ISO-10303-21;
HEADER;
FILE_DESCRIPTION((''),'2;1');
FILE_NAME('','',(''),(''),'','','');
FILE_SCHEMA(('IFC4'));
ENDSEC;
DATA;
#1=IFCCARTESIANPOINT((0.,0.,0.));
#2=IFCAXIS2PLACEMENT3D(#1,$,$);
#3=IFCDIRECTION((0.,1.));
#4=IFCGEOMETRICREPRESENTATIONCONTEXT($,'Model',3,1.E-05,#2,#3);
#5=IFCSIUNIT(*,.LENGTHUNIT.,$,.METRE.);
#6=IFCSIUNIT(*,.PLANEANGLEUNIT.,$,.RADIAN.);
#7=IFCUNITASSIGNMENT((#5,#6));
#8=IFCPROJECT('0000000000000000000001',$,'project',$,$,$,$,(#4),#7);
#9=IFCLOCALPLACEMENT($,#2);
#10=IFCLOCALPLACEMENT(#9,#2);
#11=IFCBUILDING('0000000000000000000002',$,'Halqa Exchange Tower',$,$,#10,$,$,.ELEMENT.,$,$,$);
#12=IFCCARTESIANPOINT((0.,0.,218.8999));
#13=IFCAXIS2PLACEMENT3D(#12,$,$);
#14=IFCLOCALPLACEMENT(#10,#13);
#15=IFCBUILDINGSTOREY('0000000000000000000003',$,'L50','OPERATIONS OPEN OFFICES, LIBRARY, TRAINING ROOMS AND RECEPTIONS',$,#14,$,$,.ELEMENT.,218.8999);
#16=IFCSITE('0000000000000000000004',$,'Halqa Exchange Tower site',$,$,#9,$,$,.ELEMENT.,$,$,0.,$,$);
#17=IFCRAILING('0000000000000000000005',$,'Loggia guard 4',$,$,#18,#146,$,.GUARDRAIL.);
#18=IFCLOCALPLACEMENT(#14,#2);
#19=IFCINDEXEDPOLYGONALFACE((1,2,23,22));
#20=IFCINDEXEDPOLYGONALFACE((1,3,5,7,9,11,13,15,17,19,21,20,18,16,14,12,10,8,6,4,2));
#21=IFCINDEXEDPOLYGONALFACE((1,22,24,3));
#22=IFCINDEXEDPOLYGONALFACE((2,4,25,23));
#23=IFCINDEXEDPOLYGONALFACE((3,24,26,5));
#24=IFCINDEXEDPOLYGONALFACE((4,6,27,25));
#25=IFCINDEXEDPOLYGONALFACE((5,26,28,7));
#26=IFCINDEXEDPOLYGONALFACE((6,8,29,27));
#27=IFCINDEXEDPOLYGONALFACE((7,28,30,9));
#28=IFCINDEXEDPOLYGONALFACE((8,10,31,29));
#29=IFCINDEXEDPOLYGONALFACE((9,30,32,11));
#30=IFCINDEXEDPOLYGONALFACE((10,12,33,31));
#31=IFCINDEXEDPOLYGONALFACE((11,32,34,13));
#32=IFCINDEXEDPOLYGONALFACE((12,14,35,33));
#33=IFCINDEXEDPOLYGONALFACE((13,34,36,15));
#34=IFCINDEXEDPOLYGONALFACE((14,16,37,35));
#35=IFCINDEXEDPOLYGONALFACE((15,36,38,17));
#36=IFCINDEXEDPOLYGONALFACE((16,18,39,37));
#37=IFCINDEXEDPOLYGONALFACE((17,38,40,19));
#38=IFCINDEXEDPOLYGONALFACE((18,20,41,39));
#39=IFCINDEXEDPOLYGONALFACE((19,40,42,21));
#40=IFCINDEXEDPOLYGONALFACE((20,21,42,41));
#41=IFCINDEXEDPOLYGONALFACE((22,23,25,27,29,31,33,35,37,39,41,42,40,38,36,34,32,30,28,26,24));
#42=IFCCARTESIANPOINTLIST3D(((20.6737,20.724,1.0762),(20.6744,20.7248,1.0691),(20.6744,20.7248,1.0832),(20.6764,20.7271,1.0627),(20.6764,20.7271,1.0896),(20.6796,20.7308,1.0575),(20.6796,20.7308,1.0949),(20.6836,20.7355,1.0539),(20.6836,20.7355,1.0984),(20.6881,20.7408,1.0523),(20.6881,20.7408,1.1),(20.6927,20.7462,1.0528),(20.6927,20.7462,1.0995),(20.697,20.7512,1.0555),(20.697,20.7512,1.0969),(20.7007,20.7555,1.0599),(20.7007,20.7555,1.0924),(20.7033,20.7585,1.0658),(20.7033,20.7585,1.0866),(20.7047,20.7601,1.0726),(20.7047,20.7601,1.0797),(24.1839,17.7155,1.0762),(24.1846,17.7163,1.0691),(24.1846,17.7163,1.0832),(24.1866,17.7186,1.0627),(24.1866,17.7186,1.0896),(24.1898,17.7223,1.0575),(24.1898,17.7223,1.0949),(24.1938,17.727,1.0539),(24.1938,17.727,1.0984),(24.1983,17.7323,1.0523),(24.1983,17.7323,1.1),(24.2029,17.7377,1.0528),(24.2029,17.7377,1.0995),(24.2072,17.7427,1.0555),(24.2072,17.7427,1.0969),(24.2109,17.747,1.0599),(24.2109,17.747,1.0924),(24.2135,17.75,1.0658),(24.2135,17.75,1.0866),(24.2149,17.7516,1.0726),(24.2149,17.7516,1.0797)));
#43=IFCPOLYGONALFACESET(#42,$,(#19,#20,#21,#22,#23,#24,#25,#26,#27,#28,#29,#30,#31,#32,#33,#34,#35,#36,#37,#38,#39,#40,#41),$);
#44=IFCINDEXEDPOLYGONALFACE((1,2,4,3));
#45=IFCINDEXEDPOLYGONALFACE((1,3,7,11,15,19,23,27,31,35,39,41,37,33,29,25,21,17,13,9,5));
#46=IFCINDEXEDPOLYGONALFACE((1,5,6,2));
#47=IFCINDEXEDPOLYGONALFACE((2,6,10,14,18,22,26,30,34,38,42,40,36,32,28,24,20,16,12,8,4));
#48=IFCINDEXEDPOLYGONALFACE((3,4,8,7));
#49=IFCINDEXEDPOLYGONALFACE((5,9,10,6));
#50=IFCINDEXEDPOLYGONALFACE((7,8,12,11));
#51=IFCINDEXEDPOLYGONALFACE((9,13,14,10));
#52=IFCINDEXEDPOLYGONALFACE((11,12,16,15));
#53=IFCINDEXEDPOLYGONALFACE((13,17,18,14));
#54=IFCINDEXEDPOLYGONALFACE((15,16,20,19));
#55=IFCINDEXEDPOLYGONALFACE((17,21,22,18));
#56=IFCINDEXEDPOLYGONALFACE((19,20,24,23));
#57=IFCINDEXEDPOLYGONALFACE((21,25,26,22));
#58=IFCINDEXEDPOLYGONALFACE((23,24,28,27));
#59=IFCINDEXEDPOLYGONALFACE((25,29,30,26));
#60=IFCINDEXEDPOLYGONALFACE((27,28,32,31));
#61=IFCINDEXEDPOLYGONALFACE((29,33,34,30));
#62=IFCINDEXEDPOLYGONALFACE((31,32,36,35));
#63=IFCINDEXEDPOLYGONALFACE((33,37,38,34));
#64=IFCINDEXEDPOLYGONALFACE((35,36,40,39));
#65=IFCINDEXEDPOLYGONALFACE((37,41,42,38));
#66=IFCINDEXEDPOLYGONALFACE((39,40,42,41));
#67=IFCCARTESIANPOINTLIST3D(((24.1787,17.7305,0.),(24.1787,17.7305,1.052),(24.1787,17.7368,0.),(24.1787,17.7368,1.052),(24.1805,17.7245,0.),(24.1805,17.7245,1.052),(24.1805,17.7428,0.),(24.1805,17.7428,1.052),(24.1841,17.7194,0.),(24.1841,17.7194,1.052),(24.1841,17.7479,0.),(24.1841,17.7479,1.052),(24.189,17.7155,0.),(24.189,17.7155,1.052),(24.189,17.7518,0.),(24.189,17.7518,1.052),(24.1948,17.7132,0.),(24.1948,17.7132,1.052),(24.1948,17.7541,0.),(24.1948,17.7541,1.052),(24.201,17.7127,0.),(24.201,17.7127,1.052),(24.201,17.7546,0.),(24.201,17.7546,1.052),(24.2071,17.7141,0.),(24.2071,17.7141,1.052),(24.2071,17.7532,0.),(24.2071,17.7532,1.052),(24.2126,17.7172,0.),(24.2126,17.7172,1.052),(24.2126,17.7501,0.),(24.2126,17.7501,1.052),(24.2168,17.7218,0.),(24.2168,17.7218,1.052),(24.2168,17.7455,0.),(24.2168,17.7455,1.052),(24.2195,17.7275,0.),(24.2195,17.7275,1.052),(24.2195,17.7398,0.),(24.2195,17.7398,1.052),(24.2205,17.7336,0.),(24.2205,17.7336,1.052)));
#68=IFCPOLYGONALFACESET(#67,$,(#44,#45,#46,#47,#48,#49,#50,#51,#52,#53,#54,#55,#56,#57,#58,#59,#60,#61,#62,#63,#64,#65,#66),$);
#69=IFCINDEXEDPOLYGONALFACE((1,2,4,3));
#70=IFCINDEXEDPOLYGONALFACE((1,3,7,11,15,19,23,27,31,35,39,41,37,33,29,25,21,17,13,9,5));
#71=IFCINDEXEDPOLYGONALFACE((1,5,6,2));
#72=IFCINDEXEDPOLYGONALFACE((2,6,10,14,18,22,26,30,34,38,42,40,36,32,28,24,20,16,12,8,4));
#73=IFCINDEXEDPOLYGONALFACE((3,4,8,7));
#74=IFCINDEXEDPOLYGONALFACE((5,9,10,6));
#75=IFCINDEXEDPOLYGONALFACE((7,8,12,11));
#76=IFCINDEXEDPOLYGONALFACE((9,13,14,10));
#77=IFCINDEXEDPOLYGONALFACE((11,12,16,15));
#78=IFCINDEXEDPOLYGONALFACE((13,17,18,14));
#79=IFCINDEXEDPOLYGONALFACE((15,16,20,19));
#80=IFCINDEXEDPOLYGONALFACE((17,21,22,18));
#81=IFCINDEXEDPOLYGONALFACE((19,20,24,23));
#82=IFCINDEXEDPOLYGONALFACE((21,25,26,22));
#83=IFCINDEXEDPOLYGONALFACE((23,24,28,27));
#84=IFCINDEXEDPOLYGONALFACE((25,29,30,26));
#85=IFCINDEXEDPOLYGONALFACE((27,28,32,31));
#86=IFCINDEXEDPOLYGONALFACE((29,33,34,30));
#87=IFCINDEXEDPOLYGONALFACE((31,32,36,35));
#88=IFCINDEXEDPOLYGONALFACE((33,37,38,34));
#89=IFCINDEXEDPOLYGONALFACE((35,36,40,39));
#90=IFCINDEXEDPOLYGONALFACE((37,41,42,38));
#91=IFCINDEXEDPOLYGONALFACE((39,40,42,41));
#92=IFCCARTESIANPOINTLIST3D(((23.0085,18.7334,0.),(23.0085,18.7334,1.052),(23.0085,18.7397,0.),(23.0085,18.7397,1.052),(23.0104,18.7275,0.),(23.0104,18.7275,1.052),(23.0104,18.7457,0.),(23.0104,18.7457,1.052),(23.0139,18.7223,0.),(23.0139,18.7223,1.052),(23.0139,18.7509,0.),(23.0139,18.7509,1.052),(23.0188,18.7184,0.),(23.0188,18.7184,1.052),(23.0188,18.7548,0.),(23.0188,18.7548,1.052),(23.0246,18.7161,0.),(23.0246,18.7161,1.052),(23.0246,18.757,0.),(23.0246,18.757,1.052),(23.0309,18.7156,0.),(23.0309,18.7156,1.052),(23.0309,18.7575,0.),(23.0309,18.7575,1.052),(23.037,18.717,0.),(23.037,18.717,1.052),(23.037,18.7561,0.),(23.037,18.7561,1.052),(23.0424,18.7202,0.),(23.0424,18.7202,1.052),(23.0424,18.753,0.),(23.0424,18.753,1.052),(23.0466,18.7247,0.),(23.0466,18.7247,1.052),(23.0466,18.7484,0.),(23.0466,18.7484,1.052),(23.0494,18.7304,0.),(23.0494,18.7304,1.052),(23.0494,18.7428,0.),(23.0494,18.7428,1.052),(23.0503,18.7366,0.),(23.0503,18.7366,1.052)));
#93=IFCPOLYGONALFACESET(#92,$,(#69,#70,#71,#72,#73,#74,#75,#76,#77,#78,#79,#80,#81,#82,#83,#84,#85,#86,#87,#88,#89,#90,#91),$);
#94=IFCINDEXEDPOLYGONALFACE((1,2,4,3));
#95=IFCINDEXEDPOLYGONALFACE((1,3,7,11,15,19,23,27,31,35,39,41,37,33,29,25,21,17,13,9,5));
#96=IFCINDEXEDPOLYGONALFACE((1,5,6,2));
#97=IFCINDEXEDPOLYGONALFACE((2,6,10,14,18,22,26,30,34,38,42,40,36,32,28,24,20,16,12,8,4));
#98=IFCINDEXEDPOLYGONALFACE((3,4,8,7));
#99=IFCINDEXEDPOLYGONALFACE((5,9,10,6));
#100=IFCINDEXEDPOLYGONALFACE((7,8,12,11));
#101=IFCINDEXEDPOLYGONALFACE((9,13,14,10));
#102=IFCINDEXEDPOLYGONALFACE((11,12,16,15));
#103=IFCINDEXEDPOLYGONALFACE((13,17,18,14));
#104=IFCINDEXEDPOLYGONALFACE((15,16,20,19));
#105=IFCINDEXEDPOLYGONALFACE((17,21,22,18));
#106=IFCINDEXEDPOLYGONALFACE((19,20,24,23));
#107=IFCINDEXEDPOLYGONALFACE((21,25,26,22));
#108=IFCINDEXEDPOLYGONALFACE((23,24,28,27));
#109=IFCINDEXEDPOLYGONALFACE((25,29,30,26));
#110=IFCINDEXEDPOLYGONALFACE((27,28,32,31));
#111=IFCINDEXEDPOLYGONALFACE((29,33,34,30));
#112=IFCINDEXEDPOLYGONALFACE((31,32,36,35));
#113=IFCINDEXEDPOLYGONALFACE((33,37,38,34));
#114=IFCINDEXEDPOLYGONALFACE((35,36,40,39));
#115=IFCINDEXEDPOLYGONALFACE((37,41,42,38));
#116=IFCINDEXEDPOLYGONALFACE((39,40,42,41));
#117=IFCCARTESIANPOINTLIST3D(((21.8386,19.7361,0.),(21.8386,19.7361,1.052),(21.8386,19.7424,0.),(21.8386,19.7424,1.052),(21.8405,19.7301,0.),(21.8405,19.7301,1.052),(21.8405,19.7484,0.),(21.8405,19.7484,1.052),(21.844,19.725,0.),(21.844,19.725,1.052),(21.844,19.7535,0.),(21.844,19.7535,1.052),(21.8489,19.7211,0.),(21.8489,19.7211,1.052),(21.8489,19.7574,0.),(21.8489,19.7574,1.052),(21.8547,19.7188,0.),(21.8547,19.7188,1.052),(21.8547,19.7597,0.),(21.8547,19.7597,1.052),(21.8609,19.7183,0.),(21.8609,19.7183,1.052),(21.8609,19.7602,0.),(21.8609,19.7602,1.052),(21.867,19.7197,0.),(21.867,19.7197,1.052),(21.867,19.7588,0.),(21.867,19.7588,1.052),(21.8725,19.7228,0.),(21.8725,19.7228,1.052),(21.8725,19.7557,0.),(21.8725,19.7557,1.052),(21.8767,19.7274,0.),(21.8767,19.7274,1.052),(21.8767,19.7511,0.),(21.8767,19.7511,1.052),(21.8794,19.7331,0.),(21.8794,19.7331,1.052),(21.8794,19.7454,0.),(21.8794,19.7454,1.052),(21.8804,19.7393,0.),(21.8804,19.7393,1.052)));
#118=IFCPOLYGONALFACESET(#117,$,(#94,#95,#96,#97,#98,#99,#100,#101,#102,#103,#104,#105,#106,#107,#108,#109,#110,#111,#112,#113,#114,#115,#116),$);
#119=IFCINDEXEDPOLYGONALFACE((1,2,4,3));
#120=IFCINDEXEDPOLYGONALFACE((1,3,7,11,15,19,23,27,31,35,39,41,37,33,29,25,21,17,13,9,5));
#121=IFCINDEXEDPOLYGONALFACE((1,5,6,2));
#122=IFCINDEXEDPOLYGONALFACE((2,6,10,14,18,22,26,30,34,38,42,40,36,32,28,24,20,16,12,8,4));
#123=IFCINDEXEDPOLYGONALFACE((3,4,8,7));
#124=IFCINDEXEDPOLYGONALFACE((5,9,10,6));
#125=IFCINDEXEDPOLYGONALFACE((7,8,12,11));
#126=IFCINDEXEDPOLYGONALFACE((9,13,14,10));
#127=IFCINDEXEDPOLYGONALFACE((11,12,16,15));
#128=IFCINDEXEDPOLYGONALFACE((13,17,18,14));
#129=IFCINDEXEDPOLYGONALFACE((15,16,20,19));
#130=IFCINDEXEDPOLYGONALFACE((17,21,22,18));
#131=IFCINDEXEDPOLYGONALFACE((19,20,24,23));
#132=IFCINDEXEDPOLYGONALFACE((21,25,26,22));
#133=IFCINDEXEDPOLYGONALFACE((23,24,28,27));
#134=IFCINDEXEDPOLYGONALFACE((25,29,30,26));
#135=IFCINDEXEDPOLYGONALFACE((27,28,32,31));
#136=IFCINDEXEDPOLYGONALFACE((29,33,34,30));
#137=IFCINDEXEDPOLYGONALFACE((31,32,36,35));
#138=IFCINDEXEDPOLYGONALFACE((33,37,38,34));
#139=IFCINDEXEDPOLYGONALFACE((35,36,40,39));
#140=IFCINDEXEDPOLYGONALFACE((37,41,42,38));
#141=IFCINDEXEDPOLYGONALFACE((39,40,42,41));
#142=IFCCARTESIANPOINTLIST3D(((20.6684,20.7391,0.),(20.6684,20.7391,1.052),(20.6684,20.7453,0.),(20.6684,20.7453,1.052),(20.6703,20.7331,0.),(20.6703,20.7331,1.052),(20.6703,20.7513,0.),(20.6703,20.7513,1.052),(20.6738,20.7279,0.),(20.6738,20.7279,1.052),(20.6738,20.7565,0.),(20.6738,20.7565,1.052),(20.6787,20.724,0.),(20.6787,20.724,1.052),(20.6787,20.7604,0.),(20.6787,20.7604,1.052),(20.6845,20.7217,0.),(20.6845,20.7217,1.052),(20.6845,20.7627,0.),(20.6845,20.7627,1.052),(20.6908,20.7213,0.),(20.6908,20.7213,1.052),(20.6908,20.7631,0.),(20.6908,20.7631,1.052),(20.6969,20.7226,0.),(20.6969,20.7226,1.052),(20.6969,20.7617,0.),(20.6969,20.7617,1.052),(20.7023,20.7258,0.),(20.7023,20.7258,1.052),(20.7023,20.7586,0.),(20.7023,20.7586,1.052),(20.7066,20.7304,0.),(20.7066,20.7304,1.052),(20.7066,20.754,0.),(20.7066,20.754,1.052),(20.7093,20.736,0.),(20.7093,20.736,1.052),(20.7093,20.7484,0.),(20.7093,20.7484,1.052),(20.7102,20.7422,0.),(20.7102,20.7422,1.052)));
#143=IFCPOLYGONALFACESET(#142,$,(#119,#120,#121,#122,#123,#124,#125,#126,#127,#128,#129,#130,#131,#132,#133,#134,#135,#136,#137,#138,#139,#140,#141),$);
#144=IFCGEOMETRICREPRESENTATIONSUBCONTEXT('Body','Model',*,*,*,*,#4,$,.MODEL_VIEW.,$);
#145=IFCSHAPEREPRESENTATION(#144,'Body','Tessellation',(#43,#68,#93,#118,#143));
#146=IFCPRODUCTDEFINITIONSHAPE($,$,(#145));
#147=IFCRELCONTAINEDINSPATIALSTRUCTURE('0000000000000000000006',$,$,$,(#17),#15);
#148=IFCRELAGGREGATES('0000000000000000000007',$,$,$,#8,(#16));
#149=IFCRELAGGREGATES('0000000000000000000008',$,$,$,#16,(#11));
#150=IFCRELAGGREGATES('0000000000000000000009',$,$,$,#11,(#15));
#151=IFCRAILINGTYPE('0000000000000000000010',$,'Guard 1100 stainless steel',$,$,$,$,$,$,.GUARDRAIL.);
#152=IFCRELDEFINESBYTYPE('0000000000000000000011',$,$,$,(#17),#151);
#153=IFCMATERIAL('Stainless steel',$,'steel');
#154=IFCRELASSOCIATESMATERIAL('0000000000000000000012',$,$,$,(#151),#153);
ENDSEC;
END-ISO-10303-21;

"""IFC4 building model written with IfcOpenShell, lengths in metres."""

from ifc_helpers import new_model, si_unit, direction, frame, origin, origin_2d, place, context, subcontext, project, spatial, circle, extrude, material, type_object, element, save


model = new_model("IFC4")

# Units and contexts
model_context = context("Model", 3, precision=1e-05, world=origin(), true_north=direction((0.0, 1.0)))
body_context = subcontext(model_context, "Body", "Model", "MODEL_VIEW")
ifc_project = project(units=[si_unit("LENGTHUNIT", "METRE"), si_unit("PLANEANGLEUNIT", "RADIAN")], contexts=[model_context])

# Site, building, storey
site_placement = place(None, origin())
site = spatial("IfcSite", under=ifc_project, at=site_placement, Name="Halqa Exchange Tower site", CompositionType="ELEMENT", RefElevation=0.0)
building_placement = place(site_placement, origin())
building = spatial("IfcBuilding", under=site, at=building_placement, Name="Halqa Exchange Tower", CompositionType="ELEMENT")
storey_placement = place(building_placement, frame((0.0, 0.0, 218.8999)))
storey = spatial("IfcBuildingStorey", under=building, at=storey_placement, Name="L50", Description="OPERATIONS OPEN OFFICES, LIBRARY, TRAINING ROOMS AND RECEPTIONS", CompositionType="ELEMENT", Elevation=218.8999)

# Railing
ifc_material_1 = material(Name="Stainless steel", Category="steel")
railing_type = type_object("IfcRailingType", Name="Guard 1100 stainless steel", PredefinedType="GUARDRAIL", material=ifc_material_1)
railing_1_placement = place(storey_placement, frame((24.1995, 17.7336, 0.0)))
element("IfcRailing", 1, at=railing_1_placement, inside=storey, type_object=railing_type, Name="Loggia guard 4", PredefinedType="GUARDRAIL", context=body_context, shape_type="SweptSolid", body=[
    extrude(circle(Radius=0.0239, at=origin_2d()), frame((0.0, 0.0, 1.0762), z_axis=(-0.759283, 0.650761, 0.0), x_axis=(-0.650761, -0.759283, 0.0)), (0.0, 0.0, 1.0), 4.623),
    extrude(circle(Radius=0.021, at=origin_2d()), origin(), (0.0, 0.0, 1.0), 1.052),
    extrude(circle(Radius=0.021, at=origin_2d()), frame((-1.1702, 1.0029, 0.0)), (0.0, 0.0, 1.0), 1.052),
    extrude(circle(Radius=0.021, at=origin_2d()), frame((-2.3401, 2.0056, 0.0)), (0.0, 0.0, 1.0), 1.052),
    extrude(circle(Radius=0.021, at=origin_2d()), frame((-3.5103, 3.0085, 0.0)), (0.0, 0.0, 1.0), 1.052),
])

save(model, "model.ifc")
